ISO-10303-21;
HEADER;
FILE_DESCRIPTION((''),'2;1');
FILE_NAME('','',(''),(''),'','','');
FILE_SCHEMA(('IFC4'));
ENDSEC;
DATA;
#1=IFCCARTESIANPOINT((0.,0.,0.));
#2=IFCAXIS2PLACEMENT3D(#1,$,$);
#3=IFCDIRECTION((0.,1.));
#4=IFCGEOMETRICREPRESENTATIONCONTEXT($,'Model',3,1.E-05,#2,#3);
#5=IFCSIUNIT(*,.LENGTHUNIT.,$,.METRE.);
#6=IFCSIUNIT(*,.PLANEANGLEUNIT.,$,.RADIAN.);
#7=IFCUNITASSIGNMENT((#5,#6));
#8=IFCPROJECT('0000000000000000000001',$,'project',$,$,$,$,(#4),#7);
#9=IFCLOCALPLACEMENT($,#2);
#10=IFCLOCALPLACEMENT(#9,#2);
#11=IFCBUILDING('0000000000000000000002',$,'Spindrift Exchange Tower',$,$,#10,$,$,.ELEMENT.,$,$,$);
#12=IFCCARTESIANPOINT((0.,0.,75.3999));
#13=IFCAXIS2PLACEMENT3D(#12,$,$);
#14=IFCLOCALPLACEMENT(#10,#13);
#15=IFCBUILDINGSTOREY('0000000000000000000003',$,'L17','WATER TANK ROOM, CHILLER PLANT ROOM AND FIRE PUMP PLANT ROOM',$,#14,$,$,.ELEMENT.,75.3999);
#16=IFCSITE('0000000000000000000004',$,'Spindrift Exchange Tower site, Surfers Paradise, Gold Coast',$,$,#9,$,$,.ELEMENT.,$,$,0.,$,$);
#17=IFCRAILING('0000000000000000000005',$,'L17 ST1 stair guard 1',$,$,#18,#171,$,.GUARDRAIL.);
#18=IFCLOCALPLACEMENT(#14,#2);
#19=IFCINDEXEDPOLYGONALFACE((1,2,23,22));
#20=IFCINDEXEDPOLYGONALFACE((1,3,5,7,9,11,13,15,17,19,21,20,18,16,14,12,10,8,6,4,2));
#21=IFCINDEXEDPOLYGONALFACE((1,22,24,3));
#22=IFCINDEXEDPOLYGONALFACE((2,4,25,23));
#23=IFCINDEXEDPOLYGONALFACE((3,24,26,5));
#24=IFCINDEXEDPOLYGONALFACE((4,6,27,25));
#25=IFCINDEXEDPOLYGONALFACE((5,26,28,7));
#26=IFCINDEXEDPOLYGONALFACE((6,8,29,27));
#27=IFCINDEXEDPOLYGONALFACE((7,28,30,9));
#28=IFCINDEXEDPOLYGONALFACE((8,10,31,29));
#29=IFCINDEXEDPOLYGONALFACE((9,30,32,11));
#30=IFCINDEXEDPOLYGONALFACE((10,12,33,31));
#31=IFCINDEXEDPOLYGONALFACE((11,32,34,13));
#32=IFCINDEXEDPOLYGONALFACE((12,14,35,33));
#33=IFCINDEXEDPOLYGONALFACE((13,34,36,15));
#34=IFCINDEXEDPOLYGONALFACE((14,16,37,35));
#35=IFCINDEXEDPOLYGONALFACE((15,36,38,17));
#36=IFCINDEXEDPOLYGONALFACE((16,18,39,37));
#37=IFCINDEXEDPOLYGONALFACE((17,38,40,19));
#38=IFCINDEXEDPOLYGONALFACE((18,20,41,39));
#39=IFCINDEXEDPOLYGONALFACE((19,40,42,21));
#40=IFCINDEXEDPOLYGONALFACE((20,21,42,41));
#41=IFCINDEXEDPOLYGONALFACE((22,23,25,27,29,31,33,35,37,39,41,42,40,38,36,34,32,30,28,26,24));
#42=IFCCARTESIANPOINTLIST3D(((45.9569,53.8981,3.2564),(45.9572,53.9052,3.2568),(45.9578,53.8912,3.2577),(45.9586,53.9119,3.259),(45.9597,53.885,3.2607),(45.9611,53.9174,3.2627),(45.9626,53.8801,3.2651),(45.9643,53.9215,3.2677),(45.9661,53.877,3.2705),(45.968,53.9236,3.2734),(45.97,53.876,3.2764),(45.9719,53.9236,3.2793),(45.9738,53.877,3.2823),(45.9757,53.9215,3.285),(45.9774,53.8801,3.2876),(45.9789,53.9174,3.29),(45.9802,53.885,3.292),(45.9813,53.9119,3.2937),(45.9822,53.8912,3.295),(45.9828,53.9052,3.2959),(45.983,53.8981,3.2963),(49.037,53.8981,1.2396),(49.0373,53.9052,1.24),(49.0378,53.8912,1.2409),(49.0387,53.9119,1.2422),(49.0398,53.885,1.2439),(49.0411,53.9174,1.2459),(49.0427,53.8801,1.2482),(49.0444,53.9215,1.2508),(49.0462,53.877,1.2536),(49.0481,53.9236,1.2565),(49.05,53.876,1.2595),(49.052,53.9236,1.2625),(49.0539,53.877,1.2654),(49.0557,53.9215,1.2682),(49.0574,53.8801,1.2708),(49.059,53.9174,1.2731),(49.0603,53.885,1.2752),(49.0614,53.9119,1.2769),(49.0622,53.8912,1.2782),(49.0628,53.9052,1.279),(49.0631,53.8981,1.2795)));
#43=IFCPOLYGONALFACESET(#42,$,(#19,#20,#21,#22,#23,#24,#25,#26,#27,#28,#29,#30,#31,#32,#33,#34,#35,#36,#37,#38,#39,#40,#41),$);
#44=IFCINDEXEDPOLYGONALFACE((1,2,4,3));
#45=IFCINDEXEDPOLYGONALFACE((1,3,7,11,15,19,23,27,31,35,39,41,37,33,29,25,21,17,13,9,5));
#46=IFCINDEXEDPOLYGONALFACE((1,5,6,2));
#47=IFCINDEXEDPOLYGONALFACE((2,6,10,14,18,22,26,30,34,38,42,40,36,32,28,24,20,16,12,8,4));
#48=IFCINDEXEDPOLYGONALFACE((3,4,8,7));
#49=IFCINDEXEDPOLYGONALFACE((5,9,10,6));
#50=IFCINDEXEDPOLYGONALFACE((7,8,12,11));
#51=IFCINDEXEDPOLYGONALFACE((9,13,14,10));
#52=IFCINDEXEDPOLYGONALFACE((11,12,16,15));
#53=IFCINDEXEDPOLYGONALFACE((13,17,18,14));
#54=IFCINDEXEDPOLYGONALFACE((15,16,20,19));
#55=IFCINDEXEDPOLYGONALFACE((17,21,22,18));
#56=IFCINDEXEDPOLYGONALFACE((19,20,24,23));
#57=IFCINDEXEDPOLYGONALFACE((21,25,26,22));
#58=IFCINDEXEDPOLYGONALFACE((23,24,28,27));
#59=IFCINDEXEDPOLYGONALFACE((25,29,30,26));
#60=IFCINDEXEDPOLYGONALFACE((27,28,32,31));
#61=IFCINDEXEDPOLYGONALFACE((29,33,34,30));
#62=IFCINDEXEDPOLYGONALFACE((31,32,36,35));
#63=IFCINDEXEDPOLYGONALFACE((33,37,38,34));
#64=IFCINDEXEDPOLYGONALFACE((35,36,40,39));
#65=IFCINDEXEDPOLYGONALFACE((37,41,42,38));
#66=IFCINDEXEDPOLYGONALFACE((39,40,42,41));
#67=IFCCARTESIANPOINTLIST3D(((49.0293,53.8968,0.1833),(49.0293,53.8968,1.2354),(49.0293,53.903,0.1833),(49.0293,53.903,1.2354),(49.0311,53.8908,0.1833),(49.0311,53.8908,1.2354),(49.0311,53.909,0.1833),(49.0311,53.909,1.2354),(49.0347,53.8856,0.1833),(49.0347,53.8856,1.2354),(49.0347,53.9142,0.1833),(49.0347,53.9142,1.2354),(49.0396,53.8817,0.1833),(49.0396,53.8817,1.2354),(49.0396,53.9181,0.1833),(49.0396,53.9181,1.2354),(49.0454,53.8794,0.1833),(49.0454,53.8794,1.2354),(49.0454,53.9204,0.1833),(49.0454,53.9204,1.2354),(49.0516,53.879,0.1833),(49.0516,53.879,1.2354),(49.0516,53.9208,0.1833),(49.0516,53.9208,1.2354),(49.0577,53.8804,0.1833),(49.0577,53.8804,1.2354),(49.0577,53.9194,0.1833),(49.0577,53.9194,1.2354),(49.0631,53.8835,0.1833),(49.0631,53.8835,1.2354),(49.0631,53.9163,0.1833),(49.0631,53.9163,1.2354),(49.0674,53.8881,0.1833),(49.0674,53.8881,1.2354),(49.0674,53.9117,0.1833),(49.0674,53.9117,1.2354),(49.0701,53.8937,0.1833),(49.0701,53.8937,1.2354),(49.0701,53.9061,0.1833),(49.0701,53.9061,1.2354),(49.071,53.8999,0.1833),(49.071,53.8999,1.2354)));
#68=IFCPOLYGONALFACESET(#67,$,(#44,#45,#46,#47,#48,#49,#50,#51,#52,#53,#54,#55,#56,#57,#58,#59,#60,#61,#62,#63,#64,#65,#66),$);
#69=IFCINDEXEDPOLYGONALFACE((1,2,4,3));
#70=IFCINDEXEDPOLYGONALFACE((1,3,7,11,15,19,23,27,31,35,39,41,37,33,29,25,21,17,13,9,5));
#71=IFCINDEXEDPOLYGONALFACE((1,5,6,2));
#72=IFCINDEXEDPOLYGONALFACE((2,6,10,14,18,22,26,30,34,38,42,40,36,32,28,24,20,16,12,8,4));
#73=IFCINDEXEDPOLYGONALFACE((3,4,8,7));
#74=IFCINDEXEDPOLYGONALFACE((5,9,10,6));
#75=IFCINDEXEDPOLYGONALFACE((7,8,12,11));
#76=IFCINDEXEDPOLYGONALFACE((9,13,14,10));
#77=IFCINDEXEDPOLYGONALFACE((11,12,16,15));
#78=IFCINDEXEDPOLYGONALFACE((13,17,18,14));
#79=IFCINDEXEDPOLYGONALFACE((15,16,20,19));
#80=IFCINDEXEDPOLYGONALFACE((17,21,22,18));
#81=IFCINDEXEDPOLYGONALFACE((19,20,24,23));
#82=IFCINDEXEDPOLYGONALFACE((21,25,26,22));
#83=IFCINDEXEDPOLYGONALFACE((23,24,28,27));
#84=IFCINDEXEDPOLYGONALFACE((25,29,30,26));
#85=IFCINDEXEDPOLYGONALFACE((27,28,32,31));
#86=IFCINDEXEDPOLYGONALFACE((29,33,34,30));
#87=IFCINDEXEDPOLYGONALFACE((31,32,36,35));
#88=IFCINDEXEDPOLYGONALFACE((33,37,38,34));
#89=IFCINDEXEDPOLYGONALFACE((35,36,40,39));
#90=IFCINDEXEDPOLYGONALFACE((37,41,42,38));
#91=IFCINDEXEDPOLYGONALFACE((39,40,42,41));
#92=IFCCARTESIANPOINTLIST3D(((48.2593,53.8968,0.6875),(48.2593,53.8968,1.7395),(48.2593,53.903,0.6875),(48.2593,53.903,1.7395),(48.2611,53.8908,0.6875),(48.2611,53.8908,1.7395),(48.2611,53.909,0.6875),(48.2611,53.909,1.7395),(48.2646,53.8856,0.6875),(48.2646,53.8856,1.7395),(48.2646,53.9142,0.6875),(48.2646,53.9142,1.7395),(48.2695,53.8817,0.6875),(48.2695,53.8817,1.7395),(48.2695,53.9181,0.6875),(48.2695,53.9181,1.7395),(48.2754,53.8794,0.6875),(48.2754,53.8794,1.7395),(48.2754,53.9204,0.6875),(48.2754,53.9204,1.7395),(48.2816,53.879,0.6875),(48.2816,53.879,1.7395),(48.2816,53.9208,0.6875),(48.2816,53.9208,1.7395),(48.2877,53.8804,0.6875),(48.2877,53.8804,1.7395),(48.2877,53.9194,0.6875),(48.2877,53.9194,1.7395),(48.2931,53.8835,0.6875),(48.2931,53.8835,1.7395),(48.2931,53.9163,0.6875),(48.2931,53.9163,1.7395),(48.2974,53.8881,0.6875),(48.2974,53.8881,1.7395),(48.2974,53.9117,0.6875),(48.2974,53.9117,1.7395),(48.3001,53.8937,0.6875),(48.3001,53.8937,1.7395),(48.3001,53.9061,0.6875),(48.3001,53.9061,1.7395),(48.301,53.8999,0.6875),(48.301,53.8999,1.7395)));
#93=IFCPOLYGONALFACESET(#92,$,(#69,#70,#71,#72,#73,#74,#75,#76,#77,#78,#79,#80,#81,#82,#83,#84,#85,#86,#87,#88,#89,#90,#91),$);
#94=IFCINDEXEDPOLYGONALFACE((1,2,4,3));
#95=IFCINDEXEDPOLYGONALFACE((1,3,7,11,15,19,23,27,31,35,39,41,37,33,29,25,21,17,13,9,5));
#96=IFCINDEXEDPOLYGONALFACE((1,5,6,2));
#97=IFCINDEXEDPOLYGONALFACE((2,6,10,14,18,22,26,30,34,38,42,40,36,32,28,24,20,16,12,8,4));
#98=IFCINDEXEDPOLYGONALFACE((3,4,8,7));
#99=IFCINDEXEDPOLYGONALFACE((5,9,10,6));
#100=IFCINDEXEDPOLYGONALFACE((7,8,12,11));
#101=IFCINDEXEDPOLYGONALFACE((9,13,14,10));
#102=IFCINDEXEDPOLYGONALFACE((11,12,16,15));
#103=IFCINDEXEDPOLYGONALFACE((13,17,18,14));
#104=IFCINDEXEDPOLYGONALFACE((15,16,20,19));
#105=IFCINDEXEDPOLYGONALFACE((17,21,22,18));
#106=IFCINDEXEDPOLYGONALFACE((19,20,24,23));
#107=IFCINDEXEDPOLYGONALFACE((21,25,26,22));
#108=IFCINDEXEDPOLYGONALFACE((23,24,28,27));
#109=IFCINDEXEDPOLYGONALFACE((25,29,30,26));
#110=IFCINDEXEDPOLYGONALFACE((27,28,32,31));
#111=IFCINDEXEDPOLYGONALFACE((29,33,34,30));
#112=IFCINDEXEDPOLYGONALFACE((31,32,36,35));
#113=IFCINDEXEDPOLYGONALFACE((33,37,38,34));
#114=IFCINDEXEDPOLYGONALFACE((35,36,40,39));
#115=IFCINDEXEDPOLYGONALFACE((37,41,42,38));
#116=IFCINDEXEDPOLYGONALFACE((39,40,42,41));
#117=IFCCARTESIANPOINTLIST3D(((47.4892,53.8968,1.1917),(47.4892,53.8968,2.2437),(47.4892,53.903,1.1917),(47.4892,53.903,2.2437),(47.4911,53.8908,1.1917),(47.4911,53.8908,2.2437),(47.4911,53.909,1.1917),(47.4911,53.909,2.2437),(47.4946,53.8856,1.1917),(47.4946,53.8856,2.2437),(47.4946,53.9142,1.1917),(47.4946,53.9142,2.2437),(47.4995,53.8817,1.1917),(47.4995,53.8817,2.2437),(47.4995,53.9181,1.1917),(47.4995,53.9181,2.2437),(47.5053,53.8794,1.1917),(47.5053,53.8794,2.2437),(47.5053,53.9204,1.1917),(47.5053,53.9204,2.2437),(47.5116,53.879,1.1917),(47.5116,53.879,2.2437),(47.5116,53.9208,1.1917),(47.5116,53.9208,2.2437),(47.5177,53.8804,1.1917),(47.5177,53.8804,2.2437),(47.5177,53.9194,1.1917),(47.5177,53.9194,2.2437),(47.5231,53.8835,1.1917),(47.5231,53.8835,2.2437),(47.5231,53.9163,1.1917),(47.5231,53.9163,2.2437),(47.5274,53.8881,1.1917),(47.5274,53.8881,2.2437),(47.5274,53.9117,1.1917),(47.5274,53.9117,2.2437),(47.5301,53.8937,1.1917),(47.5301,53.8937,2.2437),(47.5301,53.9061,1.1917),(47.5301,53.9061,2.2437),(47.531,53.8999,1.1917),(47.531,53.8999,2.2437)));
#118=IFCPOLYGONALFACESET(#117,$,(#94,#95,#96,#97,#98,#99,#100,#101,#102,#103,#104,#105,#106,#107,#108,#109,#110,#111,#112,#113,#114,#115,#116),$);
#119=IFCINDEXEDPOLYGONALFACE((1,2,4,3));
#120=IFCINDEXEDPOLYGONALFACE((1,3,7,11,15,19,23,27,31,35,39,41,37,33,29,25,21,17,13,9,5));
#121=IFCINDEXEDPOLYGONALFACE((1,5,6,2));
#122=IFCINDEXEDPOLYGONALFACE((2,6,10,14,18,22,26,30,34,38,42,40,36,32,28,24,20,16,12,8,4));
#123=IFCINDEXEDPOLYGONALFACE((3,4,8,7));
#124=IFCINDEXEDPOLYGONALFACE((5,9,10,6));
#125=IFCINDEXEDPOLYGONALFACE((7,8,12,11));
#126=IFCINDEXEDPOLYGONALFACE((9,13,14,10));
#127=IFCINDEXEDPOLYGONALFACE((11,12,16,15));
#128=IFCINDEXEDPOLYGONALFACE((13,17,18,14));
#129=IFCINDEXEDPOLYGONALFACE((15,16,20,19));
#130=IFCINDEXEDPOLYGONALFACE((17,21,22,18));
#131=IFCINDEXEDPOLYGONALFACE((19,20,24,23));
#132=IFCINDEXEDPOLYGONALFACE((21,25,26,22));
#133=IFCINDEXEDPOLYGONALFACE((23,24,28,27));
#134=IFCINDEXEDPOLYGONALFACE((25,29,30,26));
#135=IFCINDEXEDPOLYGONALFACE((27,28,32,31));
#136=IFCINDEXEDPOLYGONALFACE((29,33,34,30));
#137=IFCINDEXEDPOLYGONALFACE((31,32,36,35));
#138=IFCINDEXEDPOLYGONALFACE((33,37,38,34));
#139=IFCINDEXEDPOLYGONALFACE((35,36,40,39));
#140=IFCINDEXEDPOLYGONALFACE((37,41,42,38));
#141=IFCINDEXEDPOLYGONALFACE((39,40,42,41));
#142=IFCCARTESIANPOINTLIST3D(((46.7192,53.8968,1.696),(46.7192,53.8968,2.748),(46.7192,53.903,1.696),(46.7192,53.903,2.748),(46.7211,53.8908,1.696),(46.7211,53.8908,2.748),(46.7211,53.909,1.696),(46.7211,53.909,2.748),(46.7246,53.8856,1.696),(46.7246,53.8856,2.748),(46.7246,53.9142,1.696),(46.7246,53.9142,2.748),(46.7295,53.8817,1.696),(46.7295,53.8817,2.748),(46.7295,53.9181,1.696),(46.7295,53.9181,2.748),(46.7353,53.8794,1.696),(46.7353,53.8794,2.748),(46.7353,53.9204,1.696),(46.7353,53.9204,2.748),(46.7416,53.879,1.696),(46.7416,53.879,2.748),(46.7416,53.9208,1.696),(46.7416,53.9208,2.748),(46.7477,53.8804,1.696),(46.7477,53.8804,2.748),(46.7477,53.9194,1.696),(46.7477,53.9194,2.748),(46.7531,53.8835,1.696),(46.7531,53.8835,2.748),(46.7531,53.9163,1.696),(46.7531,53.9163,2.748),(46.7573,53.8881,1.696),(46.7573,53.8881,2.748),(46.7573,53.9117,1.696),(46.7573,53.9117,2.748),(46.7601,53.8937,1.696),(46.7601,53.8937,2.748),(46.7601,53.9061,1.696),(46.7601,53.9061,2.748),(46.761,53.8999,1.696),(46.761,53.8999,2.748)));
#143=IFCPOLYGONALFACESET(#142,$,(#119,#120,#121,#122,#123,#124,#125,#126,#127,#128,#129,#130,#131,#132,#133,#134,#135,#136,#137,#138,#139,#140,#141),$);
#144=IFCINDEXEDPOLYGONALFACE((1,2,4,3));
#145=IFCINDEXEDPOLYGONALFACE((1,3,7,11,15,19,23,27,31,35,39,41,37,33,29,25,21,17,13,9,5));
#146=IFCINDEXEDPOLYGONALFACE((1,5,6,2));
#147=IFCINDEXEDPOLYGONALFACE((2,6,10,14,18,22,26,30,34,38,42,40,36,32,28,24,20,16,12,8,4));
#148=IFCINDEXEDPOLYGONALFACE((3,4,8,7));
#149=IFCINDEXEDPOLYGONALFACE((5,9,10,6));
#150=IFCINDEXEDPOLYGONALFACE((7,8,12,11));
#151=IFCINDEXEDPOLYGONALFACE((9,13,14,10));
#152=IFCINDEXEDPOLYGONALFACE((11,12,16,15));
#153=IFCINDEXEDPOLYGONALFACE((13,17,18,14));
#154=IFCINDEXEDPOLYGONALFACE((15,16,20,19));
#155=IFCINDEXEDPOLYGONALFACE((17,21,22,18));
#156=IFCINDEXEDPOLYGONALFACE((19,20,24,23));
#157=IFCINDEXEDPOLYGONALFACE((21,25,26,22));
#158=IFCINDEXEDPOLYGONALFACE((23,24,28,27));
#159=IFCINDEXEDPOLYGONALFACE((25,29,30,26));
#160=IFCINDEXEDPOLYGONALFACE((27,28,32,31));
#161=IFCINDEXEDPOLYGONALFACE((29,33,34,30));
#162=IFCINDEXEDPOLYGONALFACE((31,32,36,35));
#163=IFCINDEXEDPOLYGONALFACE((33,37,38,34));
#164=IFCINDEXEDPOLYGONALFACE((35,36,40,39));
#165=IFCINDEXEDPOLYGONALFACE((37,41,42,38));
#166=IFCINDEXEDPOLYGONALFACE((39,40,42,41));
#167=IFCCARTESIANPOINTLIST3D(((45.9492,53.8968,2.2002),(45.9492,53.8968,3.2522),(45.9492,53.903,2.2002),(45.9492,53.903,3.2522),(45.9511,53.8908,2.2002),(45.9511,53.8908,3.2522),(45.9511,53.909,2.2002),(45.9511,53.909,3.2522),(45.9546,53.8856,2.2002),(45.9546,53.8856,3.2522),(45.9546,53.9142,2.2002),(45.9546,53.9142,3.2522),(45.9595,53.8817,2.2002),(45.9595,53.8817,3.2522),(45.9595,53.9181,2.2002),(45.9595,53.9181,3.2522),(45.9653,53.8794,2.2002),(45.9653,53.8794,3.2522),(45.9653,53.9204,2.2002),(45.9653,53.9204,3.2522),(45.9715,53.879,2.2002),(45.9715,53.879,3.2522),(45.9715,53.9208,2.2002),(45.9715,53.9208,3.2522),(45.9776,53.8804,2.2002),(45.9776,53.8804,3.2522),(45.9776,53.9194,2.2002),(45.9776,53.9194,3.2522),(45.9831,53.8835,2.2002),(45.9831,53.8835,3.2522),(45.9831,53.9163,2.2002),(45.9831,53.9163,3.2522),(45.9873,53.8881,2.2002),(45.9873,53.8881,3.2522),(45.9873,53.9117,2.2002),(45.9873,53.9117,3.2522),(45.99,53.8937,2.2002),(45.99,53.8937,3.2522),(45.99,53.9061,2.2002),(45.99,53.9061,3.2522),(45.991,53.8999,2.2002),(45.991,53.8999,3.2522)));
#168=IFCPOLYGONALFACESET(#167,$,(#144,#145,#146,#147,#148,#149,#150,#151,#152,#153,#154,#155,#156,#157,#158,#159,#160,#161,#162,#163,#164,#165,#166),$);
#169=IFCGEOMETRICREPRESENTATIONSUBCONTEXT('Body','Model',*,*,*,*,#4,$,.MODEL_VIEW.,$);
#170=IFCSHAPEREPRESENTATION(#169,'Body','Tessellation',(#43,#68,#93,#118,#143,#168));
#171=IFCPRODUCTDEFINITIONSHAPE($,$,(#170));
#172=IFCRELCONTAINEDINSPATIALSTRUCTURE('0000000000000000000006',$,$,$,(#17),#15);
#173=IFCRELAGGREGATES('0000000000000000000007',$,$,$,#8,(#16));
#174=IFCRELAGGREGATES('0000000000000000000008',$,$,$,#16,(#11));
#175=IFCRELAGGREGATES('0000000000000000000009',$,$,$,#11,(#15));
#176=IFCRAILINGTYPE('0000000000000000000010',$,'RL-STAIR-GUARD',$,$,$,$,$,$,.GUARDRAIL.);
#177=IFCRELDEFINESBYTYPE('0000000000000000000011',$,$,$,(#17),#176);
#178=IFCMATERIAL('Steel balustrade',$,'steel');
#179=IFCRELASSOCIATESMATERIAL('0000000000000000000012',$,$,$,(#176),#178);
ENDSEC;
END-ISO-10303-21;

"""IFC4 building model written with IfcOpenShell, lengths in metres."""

from ifc_helpers import new_model, si_unit, direction, frame, origin, origin_2d, place, context, subcontext, project, spatial, circle, extrude, material, type_object, element, save


model = new_model("IFC4")

# Units and contexts
model_context = context("Model", 3, precision=1e-05, world=origin(), true_north=direction((0.0, 1.0)))
body_context = subcontext(model_context, "Body", "Model", "MODEL_VIEW")
ifc_project = project(units=[si_unit("LENGTHUNIT", "METRE"), si_unit("PLANEANGLEUNIT", "RADIAN")], contexts=[model_context])

# Site, building, storey
site_placement = place(None, origin())
site = spatial("IfcSite", under=ifc_project, at=site_placement, Name="Spindrift Exchange Tower site, Surfers Paradise, Gold Coast", CompositionType="ELEMENT", RefElevation=0.0)
building_placement = place(site_placement, origin())
building = spatial("IfcBuilding", under=site, at=building_placement, Name="Spindrift Exchange Tower", CompositionType="ELEMENT")
storey_placement = place(building_placement, frame((0.0, 0.0, 75.3999)))
storey = spatial("IfcBuildingStorey", under=building, at=storey_placement, Name="L17", Description="WATER TANK ROOM, CHILLER PLANT ROOM AND FIRE PUMP PLANT ROOM", CompositionType="ELEMENT", Elevation=75.3999)

# Railing
ifc_material_1 = material(Name="Steel balustrade", Category="steel")
railing_type_1 = type_object("IfcRailingType", Name="RL-STAIR-GUARD", PredefinedType="GUARDRAIL", material=ifc_material_1)
railing_1_placement = place(storey_placement, frame((49.05, 53.8999, 0.1833)))
element("IfcRailing", 1, at=railing_1_placement, inside=storey, type_object=railing_type_1, Name="L17 ST1 stair guard 1", PredefinedType="GUARDRAIL", context=body_context, shape_type="SweptSolid", body=[
    extrude(circle(Radius=0.0239, at=origin_2d()), frame((0.0, 0.0, 1.0762), z_axis=(-0.836603, 0.0, 0.54781), x_axis=(0.0, -1.0, 0.0)), (0.0, 0.0, 1.0), 3.6816),
    extrude(circle(Radius=0.021, at=origin_2d()), origin(), (0.0, 0.0, 1.0), 1.052),
    extrude(circle(Radius=0.021, at=origin_2d()), frame((-0.77, 0.0, 0.5042)), (0.0, 0.0, 1.0), 1.052),
    extrude(circle(Radius=0.021, at=origin_2d()), frame((-1.54, 0.0, 1.0083)), (0.0, 0.0, 1.0), 1.052),
    extrude(circle(Radius=0.021, at=origin_2d()), frame((-2.3101, 0.0, 1.5127)), (0.0, 0.0, 1.0), 1.052),
    extrude(circle(Radius=0.021, at=origin_2d()), frame((-3.0801, 0.0, 2.0168)), (0.0, 0.0, 1.0), 1.052),
])

save(model, "model.ifc")
